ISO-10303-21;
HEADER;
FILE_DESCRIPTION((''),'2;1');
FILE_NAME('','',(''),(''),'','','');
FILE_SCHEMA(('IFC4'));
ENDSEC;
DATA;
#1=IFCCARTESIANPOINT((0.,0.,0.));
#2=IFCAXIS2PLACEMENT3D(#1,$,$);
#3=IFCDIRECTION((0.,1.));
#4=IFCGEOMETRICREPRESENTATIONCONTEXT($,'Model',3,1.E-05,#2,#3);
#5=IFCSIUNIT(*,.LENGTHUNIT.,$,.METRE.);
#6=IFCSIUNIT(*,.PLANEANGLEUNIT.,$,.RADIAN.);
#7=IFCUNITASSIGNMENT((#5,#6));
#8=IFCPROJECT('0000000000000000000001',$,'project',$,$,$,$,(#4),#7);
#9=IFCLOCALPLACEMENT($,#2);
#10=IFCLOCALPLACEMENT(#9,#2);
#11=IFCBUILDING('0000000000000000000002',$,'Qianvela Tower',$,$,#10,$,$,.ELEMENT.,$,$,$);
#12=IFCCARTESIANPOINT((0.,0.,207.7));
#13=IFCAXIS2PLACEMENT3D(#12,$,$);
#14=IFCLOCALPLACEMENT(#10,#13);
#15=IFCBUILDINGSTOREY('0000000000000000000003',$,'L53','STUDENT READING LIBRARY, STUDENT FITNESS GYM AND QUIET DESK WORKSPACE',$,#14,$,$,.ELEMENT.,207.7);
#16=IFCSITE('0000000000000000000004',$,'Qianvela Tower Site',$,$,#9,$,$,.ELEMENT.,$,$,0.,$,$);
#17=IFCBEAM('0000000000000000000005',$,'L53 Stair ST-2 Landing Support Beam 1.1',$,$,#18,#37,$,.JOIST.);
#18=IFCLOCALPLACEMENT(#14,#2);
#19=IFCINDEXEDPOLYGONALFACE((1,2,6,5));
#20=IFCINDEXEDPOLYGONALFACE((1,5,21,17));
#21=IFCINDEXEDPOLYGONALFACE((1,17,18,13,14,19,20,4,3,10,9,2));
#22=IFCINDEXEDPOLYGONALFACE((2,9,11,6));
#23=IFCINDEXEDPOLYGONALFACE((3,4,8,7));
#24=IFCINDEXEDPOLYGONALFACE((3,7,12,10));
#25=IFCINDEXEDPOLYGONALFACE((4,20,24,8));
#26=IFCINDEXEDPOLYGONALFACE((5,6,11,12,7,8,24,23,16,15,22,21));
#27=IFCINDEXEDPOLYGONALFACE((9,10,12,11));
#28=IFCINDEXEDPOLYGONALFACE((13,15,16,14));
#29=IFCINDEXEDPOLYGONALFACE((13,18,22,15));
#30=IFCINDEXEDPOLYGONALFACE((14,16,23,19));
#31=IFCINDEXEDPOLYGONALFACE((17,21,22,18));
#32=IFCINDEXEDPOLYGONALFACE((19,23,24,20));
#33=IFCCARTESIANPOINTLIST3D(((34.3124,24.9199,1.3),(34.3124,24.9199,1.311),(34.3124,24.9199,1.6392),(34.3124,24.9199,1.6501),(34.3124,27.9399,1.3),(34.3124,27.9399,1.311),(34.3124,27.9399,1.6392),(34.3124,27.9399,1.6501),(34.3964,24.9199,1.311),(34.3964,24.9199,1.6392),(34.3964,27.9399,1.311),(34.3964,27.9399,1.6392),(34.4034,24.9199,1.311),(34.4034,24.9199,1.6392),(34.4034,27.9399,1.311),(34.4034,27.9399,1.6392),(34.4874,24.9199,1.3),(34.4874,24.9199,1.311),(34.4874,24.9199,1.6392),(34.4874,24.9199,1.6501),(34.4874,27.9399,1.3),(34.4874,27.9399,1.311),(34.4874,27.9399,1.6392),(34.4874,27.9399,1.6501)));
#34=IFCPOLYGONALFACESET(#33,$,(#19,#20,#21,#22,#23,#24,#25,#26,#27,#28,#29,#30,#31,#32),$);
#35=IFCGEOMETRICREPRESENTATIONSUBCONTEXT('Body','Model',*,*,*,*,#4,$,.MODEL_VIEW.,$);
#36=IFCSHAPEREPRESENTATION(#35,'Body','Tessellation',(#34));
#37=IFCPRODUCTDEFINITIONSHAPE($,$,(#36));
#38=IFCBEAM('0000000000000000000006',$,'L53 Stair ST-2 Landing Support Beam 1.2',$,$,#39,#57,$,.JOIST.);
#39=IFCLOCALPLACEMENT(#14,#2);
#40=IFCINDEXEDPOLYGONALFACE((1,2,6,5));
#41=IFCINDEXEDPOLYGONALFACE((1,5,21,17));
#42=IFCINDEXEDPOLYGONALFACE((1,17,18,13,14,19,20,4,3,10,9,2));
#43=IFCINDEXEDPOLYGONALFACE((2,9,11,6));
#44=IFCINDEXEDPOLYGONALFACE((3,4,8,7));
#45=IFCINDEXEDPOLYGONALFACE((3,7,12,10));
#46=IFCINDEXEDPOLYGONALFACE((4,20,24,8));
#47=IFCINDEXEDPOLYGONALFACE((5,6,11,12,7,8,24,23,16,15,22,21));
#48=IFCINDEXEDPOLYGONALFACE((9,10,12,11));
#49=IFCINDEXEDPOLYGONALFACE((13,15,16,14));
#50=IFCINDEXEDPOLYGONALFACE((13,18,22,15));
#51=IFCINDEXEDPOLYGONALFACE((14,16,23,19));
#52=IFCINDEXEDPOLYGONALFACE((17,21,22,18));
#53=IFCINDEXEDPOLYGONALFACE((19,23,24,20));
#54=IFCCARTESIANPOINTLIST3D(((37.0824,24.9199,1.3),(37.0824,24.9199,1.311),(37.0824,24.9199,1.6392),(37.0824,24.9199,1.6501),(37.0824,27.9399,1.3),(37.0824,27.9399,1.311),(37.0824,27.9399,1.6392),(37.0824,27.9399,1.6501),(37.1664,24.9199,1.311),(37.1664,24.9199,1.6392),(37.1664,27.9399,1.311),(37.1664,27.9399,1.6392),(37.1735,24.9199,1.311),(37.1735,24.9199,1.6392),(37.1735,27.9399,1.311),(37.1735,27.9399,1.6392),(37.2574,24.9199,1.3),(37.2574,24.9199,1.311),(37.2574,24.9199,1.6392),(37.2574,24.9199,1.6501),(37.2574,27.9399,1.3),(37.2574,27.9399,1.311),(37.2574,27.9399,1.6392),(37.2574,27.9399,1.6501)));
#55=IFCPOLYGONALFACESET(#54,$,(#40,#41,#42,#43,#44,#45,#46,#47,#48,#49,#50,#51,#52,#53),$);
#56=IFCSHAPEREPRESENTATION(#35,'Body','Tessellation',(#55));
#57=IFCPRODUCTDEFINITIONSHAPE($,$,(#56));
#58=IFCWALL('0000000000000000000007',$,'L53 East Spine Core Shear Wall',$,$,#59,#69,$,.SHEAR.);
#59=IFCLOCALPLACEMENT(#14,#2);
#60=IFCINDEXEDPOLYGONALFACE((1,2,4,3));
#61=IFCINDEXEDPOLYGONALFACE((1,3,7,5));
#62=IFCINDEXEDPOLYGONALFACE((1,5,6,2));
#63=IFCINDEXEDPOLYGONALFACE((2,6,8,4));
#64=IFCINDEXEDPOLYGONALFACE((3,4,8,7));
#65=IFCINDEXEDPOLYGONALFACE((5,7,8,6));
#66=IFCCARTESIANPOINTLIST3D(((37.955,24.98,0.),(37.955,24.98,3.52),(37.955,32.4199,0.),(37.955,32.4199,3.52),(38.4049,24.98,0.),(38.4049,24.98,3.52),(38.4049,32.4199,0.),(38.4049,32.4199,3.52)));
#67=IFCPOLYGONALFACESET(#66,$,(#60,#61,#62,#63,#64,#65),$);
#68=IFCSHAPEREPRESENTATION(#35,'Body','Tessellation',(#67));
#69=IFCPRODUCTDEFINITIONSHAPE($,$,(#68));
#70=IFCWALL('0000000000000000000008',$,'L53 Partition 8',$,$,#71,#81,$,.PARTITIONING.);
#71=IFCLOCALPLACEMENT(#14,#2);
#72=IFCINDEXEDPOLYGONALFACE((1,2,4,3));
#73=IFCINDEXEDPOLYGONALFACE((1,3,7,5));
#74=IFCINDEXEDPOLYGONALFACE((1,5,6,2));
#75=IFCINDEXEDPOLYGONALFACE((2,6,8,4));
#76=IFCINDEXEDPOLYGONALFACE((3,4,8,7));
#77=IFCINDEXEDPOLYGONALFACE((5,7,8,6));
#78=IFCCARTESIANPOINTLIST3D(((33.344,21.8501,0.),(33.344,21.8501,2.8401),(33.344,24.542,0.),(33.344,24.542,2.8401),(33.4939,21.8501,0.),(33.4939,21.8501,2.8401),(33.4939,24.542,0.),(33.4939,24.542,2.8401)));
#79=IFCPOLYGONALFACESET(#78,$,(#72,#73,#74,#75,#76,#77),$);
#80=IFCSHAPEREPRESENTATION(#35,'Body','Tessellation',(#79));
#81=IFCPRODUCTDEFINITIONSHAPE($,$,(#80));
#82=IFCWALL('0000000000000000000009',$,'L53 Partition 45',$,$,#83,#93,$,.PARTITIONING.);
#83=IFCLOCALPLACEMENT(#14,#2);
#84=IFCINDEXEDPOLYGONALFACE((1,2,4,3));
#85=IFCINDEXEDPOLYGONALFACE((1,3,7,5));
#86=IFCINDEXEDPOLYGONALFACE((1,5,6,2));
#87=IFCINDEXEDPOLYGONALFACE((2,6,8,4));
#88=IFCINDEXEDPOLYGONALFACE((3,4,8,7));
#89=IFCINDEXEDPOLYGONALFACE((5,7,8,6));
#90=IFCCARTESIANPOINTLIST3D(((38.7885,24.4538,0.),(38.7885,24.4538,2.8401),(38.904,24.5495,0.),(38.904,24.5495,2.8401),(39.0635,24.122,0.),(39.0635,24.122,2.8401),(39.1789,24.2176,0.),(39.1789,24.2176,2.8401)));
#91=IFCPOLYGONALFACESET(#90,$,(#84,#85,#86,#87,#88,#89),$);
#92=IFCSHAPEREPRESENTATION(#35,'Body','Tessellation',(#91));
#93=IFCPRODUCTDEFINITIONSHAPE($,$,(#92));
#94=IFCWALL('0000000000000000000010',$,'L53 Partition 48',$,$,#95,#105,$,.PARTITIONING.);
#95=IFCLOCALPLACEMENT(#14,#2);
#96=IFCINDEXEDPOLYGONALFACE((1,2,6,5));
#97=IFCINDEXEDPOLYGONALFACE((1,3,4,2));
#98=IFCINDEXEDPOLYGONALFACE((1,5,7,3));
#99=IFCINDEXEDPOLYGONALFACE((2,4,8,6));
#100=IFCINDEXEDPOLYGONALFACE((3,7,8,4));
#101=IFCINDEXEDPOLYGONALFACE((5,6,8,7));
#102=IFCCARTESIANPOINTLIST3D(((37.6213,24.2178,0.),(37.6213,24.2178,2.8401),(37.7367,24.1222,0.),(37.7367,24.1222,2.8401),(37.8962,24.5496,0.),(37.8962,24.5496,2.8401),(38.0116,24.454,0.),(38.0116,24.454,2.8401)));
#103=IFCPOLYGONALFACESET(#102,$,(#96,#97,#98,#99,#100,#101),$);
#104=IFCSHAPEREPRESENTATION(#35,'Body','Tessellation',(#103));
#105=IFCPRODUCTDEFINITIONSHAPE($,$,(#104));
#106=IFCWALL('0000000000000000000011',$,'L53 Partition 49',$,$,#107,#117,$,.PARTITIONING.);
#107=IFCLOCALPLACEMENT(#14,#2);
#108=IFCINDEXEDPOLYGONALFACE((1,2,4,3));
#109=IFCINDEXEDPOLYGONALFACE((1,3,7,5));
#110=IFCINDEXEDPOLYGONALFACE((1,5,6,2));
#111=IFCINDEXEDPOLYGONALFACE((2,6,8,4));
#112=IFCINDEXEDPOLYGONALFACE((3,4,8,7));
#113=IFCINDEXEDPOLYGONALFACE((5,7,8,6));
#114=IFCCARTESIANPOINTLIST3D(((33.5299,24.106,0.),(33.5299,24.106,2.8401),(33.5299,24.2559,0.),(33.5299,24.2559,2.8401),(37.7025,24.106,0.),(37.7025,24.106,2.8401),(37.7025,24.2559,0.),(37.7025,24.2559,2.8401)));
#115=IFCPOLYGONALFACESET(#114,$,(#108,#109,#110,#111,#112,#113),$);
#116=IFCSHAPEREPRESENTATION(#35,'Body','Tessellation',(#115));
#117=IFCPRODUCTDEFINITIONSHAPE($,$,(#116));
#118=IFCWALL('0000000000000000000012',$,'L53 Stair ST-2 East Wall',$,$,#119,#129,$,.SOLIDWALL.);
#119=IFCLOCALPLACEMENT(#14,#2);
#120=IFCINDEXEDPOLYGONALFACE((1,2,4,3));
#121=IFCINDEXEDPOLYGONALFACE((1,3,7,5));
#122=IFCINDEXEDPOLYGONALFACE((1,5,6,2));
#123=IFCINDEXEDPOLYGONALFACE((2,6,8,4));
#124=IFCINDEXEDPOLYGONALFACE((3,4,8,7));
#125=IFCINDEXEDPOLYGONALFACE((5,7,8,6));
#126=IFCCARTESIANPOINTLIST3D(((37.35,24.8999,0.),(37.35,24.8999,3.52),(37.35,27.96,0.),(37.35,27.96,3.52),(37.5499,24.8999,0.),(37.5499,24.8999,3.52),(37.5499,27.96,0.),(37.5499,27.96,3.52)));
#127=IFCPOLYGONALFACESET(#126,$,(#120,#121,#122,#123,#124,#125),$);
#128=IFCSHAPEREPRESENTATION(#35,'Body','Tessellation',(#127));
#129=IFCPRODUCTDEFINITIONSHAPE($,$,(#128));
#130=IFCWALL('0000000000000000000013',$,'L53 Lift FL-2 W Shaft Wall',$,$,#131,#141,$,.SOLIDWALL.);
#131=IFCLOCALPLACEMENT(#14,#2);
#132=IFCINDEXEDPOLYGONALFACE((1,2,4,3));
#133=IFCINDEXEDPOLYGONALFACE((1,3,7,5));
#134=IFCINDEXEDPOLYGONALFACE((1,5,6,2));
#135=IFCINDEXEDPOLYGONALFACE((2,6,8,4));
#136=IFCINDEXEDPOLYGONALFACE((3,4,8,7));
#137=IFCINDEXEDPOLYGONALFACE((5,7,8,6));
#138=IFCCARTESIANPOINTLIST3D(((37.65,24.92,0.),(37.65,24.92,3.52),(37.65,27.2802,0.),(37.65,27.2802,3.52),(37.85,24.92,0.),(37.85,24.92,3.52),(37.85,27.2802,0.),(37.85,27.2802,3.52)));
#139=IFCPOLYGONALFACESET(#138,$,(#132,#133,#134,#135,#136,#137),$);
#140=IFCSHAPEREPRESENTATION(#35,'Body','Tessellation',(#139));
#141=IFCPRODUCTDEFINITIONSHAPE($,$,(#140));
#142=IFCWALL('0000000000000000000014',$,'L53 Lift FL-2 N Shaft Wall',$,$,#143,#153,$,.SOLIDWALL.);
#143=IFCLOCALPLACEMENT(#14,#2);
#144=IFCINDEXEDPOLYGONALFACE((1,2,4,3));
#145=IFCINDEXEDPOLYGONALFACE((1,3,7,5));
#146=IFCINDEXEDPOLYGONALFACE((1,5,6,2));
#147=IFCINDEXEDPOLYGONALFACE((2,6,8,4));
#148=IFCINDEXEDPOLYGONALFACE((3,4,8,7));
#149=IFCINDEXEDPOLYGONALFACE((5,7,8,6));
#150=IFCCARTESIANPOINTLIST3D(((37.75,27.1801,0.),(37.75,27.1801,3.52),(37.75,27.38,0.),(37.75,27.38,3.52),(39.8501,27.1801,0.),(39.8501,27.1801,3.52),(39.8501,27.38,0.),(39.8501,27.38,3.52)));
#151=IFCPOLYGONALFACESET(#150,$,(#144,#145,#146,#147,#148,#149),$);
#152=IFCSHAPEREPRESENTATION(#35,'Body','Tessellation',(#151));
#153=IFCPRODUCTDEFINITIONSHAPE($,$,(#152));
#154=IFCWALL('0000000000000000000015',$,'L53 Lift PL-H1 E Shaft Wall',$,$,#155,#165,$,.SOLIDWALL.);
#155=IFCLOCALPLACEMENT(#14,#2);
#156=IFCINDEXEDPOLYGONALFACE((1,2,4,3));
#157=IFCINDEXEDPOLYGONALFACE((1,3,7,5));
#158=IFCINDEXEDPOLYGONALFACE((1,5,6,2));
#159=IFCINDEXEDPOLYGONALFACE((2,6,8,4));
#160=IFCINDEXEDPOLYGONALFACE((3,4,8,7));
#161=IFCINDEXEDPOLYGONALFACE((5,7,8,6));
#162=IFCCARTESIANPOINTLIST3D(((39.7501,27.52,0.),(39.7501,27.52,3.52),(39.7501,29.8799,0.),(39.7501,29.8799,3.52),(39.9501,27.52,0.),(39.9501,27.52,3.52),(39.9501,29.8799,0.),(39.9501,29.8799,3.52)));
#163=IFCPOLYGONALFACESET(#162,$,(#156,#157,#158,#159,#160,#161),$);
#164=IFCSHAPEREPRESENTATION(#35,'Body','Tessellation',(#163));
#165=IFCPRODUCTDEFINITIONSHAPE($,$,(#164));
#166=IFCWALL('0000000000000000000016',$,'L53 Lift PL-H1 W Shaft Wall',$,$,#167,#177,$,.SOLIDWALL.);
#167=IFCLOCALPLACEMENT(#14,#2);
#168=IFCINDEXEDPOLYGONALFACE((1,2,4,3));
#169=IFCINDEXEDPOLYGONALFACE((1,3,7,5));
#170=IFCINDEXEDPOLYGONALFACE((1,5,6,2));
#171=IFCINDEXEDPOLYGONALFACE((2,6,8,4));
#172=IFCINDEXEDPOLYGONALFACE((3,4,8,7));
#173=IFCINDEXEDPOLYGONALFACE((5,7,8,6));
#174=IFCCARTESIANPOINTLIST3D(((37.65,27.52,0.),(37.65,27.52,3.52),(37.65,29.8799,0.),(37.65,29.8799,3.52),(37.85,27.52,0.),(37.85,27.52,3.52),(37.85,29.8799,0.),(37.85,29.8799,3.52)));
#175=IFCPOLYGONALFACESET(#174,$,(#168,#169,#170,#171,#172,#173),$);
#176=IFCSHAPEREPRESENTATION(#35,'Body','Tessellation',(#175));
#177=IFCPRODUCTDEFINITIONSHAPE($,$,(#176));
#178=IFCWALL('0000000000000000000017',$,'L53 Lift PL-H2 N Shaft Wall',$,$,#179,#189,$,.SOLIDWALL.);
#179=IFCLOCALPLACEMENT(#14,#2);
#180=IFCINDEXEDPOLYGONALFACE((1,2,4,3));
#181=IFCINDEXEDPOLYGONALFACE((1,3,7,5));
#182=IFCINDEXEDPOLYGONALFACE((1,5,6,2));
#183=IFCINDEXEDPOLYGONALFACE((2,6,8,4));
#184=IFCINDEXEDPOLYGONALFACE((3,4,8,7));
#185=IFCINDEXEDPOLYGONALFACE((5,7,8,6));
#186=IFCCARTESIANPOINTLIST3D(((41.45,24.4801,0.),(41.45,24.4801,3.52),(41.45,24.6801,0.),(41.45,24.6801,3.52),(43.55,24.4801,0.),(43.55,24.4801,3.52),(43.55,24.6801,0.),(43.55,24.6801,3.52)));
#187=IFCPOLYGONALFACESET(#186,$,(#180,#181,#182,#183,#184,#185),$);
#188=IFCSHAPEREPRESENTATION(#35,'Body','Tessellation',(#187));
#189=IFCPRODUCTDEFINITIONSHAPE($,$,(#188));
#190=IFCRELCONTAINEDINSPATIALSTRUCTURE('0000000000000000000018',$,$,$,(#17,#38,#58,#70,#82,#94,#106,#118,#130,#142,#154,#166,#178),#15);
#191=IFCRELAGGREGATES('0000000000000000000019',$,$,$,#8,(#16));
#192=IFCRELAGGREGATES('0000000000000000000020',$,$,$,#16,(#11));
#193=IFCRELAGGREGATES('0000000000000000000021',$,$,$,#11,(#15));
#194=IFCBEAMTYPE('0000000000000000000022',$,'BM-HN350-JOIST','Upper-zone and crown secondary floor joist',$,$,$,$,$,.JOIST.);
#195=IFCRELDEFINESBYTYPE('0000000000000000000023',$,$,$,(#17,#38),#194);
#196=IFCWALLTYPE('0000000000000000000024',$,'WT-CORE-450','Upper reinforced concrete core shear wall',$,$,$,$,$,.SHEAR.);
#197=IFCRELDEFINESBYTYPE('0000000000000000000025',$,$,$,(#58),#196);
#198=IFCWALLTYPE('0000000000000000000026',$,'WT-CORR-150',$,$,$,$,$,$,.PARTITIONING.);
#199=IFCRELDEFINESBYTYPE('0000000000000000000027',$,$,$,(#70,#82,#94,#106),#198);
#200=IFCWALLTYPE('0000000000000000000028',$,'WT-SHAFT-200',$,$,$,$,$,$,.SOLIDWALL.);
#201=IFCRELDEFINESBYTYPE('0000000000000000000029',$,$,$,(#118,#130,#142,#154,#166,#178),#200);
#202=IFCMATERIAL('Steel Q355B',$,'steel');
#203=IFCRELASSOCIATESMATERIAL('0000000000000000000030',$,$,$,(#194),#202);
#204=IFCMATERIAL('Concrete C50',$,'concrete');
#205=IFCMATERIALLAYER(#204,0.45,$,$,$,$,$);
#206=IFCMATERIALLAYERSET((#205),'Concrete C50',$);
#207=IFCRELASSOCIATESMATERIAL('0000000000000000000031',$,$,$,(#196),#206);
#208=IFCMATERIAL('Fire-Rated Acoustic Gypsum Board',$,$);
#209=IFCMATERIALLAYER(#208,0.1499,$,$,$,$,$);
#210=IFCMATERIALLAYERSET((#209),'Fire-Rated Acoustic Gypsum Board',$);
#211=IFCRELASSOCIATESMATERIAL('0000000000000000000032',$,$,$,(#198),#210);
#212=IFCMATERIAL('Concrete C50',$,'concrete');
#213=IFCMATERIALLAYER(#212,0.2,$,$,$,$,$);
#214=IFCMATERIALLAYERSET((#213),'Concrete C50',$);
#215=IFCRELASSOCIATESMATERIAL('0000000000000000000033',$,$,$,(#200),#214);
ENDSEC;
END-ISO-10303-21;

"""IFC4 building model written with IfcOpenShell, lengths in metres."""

from ifc_helpers import new_model, si_unit, direction, frame, frame_2d, origin, origin_2d, place, context, subcontext, project, spatial, rectangle, i_section, extrude, material, layer, layer_set, material_profile, profile_set, type_object, element, save


model = new_model("IFC4")

# Units and contexts
model_context = context("Model", 3, precision=1e-05, world=origin(), true_north=direction((0.0, 1.0)))
body_context = subcontext(model_context, "Body", "Model", "MODEL_VIEW")
ifc_project = project(units=[si_unit("LENGTHUNIT", "METRE"), si_unit("PLANEANGLEUNIT", "RADIAN")], contexts=[model_context])

# Site, building, storey
site_placement = place(None, origin())
site = spatial("IfcSite", under=ifc_project, at=site_placement, Name="Qianvela Tower Site", CompositionType="ELEMENT", RefElevation=0.0)
building_placement = place(site_placement, origin())
building = spatial("IfcBuilding", under=site, at=building_placement, Name="Qianvela Tower", CompositionType="ELEMENT")
storey_placement = place(building_placement, frame((0.0, 0.0, 207.7)))
storey = spatial("IfcBuildingStorey", under=building, at=storey_placement, Name="L53", Description="STUDENT READING LIBRARY, STUDENT FITNESS GYM AND QUIET DESK WORKSPACE", CompositionType="ELEMENT", Elevation=207.7)

# Beams
ifc_material_1 = material(Name="Steel Q355B", Category="steel")
ifc_material_profile = material_profile(ifc_material_1, i_section(OverallWidth=0.175, OverallDepth=0.3501, WebThickness=0.0071, FlangeThickness=0.011, at=origin_2d()), Name="HN350x175x7x11")
ifc_profile_set = profile_set([ifc_material_profile], Name="Steel Q355B")
beam_type = type_object("IfcBeamType", Name="BM-HN350-JOIST", Description="Upper-zone and crown secondary floor joist", PredefinedType="JOIST", material=ifc_profile_set)
for number, where, z_axis, x_axis, name in (
    (1, (34.3999, 24.9199, 1.4751), (0.0, 1.0, 0.0), (-1.0, 0.0, 0.0), "L53 Stair ST-2 Landing Support Beam 1.1"),
    (2, (37.1699, 24.9199, 1.4751), (0.0, 1.0, 0.0), (-1.0, 0.0, 0.0), "L53 Stair ST-2 Landing Support Beam 1.2"),
):
    element("IfcBeam", number, at=place(storey_placement, frame(where, z_axis=z_axis, x_axis=x_axis)), inside=storey, type_object=beam_type, Name=name, PredefinedType="JOIST", context=body_context, shape_type="SweptSolid", body=[
        extrude(i_section(OverallWidth=0.175, OverallDepth=0.3501, WebThickness=0.0071, FlangeThickness=0.011, at=origin_2d()), origin(), (0.0, 0.0, 1.0), 3.02),
    ])

# Walls
ifc_material_2 = material(Name="Concrete C50", Category="concrete")
ifc_layer_1 = layer(ifc_material_2, 0.45)
ifc_layer_set_1 = layer_set([ifc_layer_1], Name="Concrete C50")
wall_type_1 = type_object("IfcWallType", Name="WT-CORE-450", Description="Upper reinforced concrete core shear wall", PredefinedType="SHEAR", material=ifc_layer_set_1)
wall_1_placement = place(storey_placement, frame((38.1799, 24.98, 0.0), z_axis=(0.0, 0.0, 1.0), x_axis=(0.0, 1.0, 0.0)))
element("IfcWall", 3, at=wall_1_placement, inside=storey, type_object=wall_type_1, Name="L53 East Spine Core Shear Wall", PredefinedType="SHEAR", context=body_context, shape_type="SweptSolid", body=[
    extrude(rectangle(XDim=7.4399, YDim=0.45, at=frame_2d((3.72, 0.0))), origin(), (0.0, 0.0, 1.0), 3.52),
])
ifc_material_3 = material(Name="Fire-Rated Acoustic Gypsum Board")
ifc_layer_2 = layer(ifc_material_3, 0.1499)
ifc_layer_set_2 = layer_set([ifc_layer_2], Name="Fire-Rated Acoustic Gypsum Board")
wall_type_2 = type_object("IfcWallType", Name="WT-CORR-150", PredefinedType="PARTITIONING", material=ifc_layer_set_2)
wall_2_placement = place(storey_placement, frame((33.4189, 24.542, 0.0), z_axis=(0.0, 0.0, 1.0), x_axis=(0.0, -1.0, 0.0)))
element("IfcWall", 4, at=wall_2_placement, inside=storey, type_object=wall_type_2, Name="L53 Partition 8", PredefinedType="PARTITIONING", context=body_context, shape_type="SweptSolid", body=[
    extrude(rectangle(XDim=2.6919, YDim=0.1499, at=frame_2d((1.3459, 0.0))), origin(), (0.0, 0.0, 1.0), 2.8401),
])
for number, where, z_axis, x_axis, name in (
    (5, (39.1211, 24.1699, 0.0), (0.0, 0.0, 1.0), (-0.638008, 0.77003, 0.0), "L53 Partition 45"),
    (6, (37.9539, 24.5017, 0.0), (0.0, 0.0, 1.0), (-0.638008, -0.77003, 0.0), "L53 Partition 48"),
):
    element("IfcWall", number, at=place(storey_placement, frame(where, z_axis=z_axis, x_axis=x_axis)), inside=storey, type_object=wall_type_2, Name=name, PredefinedType="PARTITIONING", context=body_context, shape_type="SweptSolid", body=[
        extrude(rectangle(XDim=0.4309, YDim=0.1499, at=frame_2d((0.2153, 0.0))), origin(), (0.0, 0.0, 1.0), 2.8401),
    ])
wall_3_placement = place(storey_placement, frame((37.7026, 24.1809, 0.0), z_axis=(0.0, 0.0, 1.0), x_axis=(-1.0, 0.0, 0.0)))
element("IfcWall", 7, at=wall_3_placement, inside=storey, type_object=wall_type_2, Name="L53 Partition 49", PredefinedType="PARTITIONING", context=body_context, shape_type="SweptSolid", body=[
    extrude(rectangle(XDim=4.1726, YDim=0.1499, at=frame_2d((2.0864, 0.0))), origin(), (0.0, 0.0, 1.0), 2.8401),
])
ifc_material_4 = material(Name="Concrete C50", Category="concrete")
ifc_layer_3 = layer(ifc_material_4, 0.2)
ifc_layer_set_3 = layer_set([ifc_layer_3], Name="Concrete C50")
wall_type_3 = type_object("IfcWallType", Name="WT-SHAFT-200", PredefinedType="SOLIDWALL", material=ifc_layer_set_3)
wall_4_placement = place(storey_placement, frame((37.45, 24.8999, 0.0), z_axis=(0.0, 0.0, 1.0), x_axis=(0.0, 1.0, 0.0)))
element("IfcWall", 8, at=wall_4_placement, inside=storey, type_object=wall_type_3, Name="L53 Stair ST-2 East Wall", PredefinedType="SOLIDWALL", context=body_context, shape_type="SweptSolid", body=[
    extrude(rectangle(XDim=3.0601, YDim=0.2, at=frame_2d((1.53, 0.0))), origin(), (0.0, 0.0, 1.0), 3.52),
])

# Walls
wall_5_placement = place(storey_placement, frame((37.75, 24.9199, 0.0), z_axis=(0.0, 0.0, 1.0), x_axis=(0.0, 1.0, 0.0)))
element("IfcWall", 9, at=wall_5_placement, inside=storey, type_object=wall_type_3, Name="L53 Lift FL-2 W Shaft Wall", PredefinedType="SOLIDWALL", context=body_context, shape_type="SweptSolid", body=[
    extrude(rectangle(XDim=2.3601, YDim=0.2, at=frame_2d((1.1802, 0.0))), origin(), (0.0, 0.0, 1.0), 3.52),
])
wall_6_placement = place(storey_placement, frame((37.75, 27.28, 0.0), z_axis=(0.0, 0.0, 1.0), x_axis=(1.0, 0.0, 0.0)))
element("IfcWall", 10, at=wall_6_placement, inside=storey, type_object=wall_type_3, Name="L53 Lift FL-2 N Shaft Wall", PredefinedType="SOLIDWALL", context=body_context, shape_type="SweptSolid", body=[
    extrude(rectangle(XDim=2.1001, YDim=0.2, at=frame_2d((1.05, 0.0))), origin(), (0.0, 0.0, 1.0), 3.52),
])

# Walls
for number, where, z_axis, x_axis, name in (
    (11, (39.8501, 27.52, 0.0), (0.0, 0.0, 1.0), (0.0, 1.0, 0.0), "L53 Lift PL-H1 E Shaft Wall"),
    (12, (37.75, 27.52, 0.0), (0.0, 0.0, 1.0), (0.0, 1.0, 0.0), "L53 Lift PL-H1 W Shaft Wall"),
):
    element("IfcWall", number, at=place(storey_placement, frame(where, z_axis=z_axis, x_axis=x_axis)), inside=storey, type_object=wall_type_3, Name=name, PredefinedType="SOLIDWALL", context=body_context, shape_type="SweptSolid", body=[
        extrude(rectangle(XDim=2.3599, YDim=0.2, at=frame_2d((1.1799, 0.0))), origin(), (0.0, 0.0, 1.0), 3.52),
    ])
wall_7_placement = place(storey_placement, frame((41.45, 24.5801, 0.0), z_axis=(0.0, 0.0, 1.0), x_axis=(1.0, 0.0, 0.0)))
element("IfcWall", 13, at=wall_7_placement, inside=storey, type_object=wall_type_3, Name="L53 Lift PL-H2 N Shaft Wall", PredefinedType="SOLIDWALL", context=body_context, shape_type="SweptSolid", body=[
    extrude(rectangle(XDim=2.1001, YDim=0.2, at=frame_2d((1.05, 0.0))), origin(), (0.0, 0.0, 1.0), 3.52),
])

save(model, "model.ifc")
